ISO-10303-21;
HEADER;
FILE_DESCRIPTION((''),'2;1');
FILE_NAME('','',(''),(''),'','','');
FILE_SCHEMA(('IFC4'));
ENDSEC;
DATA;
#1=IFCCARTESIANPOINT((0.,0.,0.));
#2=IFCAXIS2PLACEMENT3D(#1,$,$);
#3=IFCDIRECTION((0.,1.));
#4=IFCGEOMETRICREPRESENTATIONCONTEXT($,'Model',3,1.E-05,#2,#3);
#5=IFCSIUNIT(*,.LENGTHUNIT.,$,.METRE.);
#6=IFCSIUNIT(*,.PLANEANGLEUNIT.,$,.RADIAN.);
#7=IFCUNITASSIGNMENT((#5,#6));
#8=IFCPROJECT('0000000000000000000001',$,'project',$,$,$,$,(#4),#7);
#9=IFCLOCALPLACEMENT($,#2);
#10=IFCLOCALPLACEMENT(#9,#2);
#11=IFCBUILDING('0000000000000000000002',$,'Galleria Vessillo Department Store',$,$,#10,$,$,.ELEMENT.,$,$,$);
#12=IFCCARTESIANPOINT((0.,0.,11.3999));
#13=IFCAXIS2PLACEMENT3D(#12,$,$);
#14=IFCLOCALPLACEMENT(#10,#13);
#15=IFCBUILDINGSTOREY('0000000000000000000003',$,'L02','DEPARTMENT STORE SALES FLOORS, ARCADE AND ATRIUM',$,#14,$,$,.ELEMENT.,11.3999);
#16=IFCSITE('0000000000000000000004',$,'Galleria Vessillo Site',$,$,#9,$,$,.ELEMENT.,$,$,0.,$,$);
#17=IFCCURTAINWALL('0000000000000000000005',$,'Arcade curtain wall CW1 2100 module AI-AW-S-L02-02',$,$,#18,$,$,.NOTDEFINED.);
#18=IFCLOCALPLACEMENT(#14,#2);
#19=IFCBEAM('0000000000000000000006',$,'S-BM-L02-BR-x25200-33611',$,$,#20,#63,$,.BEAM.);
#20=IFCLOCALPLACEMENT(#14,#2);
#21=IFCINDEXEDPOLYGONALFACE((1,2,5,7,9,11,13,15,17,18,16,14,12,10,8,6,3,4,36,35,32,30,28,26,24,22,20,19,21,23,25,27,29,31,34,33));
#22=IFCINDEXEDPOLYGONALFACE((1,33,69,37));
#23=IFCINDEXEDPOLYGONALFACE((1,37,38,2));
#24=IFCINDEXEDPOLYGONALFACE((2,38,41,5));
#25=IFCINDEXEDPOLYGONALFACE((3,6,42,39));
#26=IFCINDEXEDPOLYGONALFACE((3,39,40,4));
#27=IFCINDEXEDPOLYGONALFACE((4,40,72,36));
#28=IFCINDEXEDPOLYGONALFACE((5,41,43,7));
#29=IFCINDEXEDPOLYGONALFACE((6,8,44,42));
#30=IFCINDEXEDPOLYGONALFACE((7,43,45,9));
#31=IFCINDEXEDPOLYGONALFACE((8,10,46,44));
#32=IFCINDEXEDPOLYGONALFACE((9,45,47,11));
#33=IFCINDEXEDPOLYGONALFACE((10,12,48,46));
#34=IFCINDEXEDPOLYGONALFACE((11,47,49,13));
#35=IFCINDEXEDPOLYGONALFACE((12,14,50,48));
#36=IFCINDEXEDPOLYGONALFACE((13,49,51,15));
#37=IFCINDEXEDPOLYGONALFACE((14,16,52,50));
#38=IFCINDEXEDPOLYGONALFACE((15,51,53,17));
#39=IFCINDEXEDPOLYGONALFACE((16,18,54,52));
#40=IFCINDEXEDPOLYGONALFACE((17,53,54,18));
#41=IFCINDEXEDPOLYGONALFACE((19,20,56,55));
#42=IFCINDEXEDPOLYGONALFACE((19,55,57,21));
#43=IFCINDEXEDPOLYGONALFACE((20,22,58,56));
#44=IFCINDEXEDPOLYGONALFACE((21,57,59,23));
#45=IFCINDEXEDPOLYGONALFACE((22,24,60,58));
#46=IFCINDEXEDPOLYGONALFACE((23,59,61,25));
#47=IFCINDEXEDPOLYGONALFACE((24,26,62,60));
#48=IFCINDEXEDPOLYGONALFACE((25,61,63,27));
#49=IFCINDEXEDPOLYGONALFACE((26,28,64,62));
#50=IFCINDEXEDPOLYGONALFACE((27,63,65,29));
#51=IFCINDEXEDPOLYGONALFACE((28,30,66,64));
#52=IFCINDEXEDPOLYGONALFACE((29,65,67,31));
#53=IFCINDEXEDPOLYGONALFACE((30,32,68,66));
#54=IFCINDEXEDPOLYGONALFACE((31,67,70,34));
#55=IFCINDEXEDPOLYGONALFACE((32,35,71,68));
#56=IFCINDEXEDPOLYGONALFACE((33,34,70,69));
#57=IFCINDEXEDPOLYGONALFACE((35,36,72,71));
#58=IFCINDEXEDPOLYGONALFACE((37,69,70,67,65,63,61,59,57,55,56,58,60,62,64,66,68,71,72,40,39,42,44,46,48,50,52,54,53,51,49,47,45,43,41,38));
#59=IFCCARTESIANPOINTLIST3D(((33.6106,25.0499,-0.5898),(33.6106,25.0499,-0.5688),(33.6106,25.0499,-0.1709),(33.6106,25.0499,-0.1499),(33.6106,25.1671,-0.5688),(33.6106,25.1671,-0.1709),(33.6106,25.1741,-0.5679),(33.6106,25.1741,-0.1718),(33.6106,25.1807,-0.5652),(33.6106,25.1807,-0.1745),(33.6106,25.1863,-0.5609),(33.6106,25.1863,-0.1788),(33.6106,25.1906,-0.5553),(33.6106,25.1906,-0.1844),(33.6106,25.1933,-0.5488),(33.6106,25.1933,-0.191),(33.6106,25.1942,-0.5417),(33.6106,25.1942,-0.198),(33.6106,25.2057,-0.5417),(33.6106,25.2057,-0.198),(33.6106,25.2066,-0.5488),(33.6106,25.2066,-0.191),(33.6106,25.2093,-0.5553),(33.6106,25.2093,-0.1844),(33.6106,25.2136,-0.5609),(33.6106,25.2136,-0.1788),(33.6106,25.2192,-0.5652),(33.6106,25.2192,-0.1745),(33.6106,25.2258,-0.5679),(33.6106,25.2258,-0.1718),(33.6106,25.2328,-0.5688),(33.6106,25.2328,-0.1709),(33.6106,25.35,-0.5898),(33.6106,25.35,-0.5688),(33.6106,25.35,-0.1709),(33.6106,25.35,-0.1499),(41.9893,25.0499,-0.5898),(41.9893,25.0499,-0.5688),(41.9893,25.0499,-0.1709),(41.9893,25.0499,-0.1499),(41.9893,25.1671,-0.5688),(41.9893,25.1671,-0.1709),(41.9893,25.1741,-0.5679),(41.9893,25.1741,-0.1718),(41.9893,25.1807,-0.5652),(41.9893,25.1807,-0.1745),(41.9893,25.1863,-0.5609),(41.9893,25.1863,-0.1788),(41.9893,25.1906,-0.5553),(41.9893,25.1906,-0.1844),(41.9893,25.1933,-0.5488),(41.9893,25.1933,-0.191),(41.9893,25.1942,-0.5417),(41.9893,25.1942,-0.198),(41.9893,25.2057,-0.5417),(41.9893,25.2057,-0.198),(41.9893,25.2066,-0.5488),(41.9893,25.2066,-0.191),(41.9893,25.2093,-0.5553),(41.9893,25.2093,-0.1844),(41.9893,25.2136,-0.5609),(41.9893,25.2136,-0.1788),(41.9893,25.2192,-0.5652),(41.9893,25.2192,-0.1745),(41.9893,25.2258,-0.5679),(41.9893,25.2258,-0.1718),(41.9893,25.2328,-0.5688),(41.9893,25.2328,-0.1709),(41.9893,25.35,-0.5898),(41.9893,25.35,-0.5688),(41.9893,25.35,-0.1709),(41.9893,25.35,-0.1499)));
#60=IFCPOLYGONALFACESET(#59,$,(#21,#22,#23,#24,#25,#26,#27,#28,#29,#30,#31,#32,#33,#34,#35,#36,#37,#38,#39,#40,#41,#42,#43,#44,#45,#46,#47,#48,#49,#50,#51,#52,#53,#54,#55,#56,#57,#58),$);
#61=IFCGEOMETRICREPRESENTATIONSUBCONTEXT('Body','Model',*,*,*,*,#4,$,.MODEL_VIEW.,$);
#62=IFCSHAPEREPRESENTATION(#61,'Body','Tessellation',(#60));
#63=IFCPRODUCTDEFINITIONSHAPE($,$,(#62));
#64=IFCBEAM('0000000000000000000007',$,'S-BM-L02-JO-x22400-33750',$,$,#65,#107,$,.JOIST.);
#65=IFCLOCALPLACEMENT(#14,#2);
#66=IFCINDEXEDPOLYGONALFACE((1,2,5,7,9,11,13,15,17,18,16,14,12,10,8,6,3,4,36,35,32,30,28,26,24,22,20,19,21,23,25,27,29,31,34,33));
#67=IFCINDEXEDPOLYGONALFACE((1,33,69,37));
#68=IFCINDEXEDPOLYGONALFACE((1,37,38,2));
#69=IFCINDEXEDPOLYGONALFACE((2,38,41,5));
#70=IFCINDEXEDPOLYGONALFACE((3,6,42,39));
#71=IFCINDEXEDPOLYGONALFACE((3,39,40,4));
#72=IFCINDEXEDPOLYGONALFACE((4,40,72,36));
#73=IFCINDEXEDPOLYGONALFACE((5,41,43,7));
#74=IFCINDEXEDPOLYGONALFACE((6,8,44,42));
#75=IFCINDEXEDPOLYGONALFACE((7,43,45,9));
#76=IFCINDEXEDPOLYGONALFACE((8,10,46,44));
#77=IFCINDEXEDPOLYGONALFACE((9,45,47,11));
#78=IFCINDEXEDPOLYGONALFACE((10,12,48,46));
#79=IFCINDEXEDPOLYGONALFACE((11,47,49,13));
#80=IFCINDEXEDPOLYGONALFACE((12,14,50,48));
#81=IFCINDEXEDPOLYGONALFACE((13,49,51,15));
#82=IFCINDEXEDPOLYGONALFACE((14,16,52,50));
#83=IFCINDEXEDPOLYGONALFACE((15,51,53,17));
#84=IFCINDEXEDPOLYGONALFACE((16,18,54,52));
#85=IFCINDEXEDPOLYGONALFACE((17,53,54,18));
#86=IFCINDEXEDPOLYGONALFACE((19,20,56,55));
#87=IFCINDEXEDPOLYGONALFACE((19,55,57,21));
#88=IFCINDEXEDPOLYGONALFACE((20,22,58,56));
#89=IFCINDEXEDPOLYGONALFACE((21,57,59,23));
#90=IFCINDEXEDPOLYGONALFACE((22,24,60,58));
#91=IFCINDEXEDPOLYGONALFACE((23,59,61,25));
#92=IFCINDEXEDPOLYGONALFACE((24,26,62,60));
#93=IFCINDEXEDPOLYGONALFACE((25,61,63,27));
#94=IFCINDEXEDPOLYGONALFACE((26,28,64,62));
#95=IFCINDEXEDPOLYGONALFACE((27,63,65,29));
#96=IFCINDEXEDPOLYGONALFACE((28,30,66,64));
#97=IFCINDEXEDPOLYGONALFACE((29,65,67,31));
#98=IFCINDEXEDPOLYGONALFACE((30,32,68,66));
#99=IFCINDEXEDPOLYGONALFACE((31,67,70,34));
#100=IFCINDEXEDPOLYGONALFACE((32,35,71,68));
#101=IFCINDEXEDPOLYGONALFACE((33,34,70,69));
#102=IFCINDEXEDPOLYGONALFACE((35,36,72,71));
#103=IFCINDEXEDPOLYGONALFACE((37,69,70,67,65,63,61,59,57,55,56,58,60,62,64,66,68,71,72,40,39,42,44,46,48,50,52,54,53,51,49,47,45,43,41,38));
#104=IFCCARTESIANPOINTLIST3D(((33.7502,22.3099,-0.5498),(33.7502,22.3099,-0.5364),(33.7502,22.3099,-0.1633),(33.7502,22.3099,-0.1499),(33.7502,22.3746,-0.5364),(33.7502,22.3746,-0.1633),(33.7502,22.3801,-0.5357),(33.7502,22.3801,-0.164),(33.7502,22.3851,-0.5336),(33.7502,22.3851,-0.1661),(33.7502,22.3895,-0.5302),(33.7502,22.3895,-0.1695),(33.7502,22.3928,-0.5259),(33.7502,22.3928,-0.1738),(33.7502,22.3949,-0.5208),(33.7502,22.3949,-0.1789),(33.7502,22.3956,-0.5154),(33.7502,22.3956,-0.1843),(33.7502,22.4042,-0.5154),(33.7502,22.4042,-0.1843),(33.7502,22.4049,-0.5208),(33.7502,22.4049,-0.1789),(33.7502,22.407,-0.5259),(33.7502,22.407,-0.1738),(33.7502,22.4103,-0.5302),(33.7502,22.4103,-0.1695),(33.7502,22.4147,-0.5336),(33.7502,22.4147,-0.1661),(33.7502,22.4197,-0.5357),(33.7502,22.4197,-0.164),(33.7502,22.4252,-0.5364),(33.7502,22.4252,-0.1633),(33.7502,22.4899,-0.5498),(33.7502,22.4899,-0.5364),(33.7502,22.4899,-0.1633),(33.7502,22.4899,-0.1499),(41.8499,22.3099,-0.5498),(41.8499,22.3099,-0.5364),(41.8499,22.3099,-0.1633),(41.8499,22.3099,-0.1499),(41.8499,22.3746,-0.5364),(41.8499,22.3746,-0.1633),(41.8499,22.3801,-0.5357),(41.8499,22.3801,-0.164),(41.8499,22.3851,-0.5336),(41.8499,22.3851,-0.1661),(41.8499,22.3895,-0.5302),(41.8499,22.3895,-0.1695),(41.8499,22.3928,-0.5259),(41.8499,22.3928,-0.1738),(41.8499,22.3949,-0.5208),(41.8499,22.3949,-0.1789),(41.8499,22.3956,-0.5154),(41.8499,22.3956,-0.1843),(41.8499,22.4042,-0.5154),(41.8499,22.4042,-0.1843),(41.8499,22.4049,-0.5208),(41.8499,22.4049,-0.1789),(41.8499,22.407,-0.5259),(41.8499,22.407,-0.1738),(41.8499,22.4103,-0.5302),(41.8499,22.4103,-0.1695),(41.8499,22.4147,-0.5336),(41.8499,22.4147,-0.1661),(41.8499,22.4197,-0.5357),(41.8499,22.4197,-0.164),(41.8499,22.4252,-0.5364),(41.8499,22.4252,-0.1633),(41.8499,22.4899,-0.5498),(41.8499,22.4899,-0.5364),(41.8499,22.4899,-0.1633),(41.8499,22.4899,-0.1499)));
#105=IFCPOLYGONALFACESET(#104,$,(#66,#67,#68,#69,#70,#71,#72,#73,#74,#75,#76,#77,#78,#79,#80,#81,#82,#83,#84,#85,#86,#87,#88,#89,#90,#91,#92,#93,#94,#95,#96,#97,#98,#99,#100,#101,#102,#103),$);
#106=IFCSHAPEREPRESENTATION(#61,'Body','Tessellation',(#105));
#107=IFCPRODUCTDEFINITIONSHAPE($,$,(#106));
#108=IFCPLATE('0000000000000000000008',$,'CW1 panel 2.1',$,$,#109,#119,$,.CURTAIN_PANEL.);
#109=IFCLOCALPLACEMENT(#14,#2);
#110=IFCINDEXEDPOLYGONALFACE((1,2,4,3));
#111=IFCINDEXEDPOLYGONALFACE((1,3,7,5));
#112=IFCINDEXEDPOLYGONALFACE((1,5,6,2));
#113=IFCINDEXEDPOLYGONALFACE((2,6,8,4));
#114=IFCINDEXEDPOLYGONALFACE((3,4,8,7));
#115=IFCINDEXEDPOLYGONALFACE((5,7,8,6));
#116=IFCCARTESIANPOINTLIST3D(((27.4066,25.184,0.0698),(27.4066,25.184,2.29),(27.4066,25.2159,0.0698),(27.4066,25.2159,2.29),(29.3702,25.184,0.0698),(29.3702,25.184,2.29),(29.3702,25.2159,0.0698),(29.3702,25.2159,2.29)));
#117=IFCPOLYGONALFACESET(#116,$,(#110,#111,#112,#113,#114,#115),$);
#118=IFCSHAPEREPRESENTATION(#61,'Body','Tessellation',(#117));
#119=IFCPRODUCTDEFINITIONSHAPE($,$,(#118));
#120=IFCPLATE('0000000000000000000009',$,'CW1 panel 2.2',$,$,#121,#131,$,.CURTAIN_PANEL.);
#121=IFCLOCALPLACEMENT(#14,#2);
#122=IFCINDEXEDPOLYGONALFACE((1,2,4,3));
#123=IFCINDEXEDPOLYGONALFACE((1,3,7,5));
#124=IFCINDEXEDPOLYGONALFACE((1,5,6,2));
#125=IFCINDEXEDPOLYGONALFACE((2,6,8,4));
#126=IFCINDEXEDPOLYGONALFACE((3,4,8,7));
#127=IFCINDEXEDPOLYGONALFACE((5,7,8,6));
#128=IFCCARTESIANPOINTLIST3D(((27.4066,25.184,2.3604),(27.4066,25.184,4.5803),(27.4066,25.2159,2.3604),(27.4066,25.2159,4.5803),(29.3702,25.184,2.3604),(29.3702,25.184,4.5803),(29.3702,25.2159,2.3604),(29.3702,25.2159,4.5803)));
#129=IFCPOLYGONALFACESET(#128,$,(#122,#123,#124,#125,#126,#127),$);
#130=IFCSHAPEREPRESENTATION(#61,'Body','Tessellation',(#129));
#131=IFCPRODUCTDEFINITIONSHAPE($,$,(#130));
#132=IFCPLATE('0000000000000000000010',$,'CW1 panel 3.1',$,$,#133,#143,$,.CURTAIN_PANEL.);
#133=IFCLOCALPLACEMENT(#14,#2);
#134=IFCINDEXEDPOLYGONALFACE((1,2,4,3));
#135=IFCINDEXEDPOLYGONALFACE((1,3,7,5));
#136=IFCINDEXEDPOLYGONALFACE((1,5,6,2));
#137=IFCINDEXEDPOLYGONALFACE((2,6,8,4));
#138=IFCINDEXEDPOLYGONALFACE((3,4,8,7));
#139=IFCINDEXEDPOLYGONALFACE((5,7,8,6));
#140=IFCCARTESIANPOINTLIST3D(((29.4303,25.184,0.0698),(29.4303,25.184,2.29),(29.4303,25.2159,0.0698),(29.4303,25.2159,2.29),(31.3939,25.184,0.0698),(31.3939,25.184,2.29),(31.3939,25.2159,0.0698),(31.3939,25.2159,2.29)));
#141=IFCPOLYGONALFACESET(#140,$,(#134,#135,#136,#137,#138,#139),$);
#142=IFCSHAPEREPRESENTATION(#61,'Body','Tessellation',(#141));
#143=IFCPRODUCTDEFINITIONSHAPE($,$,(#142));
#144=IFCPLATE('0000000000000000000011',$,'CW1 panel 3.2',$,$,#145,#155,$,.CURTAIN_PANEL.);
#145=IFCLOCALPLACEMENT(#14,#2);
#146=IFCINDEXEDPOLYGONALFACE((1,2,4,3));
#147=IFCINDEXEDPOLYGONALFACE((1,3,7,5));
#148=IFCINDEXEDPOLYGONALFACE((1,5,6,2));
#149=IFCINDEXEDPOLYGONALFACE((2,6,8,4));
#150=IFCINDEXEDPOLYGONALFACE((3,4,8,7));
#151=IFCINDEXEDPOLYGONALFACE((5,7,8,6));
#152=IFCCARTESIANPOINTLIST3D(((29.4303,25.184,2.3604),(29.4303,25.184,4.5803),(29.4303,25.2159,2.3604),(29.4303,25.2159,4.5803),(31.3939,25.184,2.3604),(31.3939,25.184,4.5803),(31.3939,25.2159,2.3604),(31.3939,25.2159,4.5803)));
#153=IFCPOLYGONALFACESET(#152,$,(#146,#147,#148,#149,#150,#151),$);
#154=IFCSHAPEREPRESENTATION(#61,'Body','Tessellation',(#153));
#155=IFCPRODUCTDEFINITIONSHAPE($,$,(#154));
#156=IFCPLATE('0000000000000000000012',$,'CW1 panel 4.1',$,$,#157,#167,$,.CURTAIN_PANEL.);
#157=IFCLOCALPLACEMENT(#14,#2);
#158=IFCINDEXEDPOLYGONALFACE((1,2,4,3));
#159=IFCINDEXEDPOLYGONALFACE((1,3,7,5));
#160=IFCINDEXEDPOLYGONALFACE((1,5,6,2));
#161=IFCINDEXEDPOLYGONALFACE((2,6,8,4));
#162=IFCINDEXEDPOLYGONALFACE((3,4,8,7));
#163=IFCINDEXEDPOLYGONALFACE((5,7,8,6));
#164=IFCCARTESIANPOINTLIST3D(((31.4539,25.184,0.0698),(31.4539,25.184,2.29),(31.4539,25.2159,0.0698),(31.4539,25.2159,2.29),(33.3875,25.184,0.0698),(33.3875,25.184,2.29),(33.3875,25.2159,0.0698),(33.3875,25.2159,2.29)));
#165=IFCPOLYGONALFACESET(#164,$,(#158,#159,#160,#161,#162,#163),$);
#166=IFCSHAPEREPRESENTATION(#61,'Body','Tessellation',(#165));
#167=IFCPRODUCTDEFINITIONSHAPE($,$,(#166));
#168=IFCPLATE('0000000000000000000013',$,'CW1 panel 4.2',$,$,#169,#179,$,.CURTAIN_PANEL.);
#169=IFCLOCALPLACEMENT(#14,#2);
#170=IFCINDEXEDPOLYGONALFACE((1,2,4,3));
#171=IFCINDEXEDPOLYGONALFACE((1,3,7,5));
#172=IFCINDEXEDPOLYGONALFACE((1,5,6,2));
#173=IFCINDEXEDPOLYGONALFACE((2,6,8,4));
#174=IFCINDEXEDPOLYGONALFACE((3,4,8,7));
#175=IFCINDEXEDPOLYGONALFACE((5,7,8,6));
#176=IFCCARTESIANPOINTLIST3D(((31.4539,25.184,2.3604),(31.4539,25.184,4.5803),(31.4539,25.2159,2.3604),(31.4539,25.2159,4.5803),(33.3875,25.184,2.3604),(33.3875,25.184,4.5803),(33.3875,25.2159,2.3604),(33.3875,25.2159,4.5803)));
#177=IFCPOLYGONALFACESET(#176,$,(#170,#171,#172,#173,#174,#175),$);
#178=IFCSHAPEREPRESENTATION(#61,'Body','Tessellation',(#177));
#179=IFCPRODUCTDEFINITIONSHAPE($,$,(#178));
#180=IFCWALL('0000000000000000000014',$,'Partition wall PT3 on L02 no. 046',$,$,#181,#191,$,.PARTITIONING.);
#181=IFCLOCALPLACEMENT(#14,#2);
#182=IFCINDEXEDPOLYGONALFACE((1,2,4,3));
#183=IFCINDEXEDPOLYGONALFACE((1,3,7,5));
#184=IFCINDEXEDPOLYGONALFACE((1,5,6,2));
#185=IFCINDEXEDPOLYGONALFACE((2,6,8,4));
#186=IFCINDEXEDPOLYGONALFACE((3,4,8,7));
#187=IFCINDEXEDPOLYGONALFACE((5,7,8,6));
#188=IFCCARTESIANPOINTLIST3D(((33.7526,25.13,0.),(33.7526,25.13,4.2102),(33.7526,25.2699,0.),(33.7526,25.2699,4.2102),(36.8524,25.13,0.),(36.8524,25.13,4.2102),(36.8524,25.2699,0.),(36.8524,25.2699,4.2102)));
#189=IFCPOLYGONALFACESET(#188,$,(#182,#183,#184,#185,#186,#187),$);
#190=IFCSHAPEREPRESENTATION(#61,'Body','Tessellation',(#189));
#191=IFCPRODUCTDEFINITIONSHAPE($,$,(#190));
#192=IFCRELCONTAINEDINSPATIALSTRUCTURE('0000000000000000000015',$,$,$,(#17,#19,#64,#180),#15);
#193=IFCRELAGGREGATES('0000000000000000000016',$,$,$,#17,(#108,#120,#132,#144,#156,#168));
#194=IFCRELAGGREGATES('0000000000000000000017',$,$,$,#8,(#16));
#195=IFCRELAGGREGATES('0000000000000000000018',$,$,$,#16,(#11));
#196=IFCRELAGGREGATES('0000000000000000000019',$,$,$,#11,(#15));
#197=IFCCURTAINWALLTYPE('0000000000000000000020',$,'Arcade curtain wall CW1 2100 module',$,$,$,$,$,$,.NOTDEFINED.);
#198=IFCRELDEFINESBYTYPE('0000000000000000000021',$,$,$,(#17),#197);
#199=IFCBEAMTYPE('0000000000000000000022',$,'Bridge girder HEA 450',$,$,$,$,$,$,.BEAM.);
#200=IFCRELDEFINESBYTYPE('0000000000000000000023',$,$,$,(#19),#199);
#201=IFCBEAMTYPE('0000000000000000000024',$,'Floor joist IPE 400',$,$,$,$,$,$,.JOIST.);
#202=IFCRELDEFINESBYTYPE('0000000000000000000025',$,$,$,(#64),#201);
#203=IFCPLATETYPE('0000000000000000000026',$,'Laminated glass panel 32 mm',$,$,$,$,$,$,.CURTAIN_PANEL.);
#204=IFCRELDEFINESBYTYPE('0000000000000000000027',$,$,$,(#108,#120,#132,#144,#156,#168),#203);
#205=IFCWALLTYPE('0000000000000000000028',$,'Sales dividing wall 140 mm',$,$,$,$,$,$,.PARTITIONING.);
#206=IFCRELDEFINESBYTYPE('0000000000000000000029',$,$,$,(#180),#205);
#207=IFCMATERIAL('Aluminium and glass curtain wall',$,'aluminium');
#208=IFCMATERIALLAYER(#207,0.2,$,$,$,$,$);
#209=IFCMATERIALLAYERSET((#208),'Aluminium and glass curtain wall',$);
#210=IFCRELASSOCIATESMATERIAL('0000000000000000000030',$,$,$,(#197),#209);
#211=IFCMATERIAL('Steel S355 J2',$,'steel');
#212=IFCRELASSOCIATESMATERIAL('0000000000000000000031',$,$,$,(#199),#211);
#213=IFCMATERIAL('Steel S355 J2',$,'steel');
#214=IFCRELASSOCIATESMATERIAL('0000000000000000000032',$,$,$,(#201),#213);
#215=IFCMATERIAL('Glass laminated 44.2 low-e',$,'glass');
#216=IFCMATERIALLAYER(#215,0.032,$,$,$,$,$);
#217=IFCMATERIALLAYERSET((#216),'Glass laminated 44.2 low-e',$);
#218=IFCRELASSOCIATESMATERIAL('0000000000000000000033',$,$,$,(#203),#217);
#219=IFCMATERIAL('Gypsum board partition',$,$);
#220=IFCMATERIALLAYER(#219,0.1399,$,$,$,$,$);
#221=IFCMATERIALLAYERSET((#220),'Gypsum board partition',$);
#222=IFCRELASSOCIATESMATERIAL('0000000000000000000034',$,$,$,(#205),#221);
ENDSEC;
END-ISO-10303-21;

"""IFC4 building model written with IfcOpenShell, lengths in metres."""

from ifc_helpers import new_model, si_unit, direction, frame, frame_2d, origin, origin_2d, place, context, subcontext, project, spatial, rectangle, i_section, extrude, material, layer, layer_set, material_profile, profile_set, type_object, element, aggregate, save


model = new_model("IFC4")

# Units and contexts
model_context = context("Model", 3, precision=1e-05, world=origin(), true_north=direction((0.0, 1.0)))
body_context = subcontext(model_context, "Body", "Model", "MODEL_VIEW")
ifc_project = project(units=[si_unit("LENGTHUNIT", "METRE"), si_unit("PLANEANGLEUNIT", "RADIAN")], contexts=[model_context])

# Site, building, storey
site_placement = place(None, origin())
site = spatial("IfcSite", under=ifc_project, at=site_placement, Name="Galleria Vessillo Site", CompositionType="ELEMENT", RefElevation=0.0)
building_placement = place(site_placement, origin())
building = spatial("IfcBuilding", under=site, at=building_placement, Name="Galleria Vessillo Department Store", CompositionType="ELEMENT")
storey_placement = place(building_placement, frame((0.0, 0.0, 11.3999)))
storey = spatial("IfcBuildingStorey", under=building, at=storey_placement, Name="L02", Description="DEPARTMENT STORE SALES FLOORS, ARCADE AND ATRIUM", CompositionType="ELEMENT", Elevation=11.3999)

# Curtain wall
ifc_material_1 = material(Name="Aluminium and glass curtain wall", Category="aluminium")
ifc_layer_1 = layer(ifc_material_1, 0.2)
ifc_layer_set_1 = layer_set([ifc_layer_1], Name="Aluminium and glass curtain wall")
curtain_wall_type = type_object("IfcCurtainWallType", Name="Arcade curtain wall CW1 2100 module", PredefinedType="NOTDEFINED", material=ifc_layer_set_1)
curtain_wall_placement = place(storey_placement, origin())
curtain_wall = element("IfcCurtainWall", 1, at=curtain_wall_placement, inside=storey, type_object=curtain_wall_type, Name="Arcade curtain wall CW1 2100 module AI-AW-S-L02-02", PredefinedType="NOTDEFINED")

# Beams
ifc_material_2 = material(Name="Steel S355 J2", Category="steel")
ifc_material_profile_1 = material_profile(ifc_material_2, i_section(OverallWidth=0.3, OverallDepth=0.4399, WebThickness=0.0115, FlangeThickness=0.021, FilletRadius=0.0271, at=origin_2d()), Name="HEA 450")
ifc_profile_set_1 = profile_set([ifc_material_profile_1], Name="Steel S355 J2")
beam_type_1 = type_object("IfcBeamType", Name="Bridge girder HEA 450", PredefinedType="BEAM", material=ifc_profile_set_1)
beam_1_placement = place(storey_placement, frame((33.6106, 25.2, -0.3699), z_axis=(1.0, 0.0, 0.0), x_axis=(0.0, 1.0, 0.0)))
element("IfcBeam", 2, at=beam_1_placement, inside=storey, type_object=beam_type_1, Name="S-BM-L02-BR-x25200-33611", PredefinedType="BEAM", context=body_context, shape_type="SweptSolid", body=[
    extrude(i_section(OverallWidth=0.3, OverallDepth=0.4399, WebThickness=0.0115, FlangeThickness=0.021, FilletRadius=0.0271, at=origin_2d()), origin(), (0.0, 0.0, 1.0), 8.3787),
])
ifc_material_3 = material(Name="Steel S355 J2", Category="steel")
ifc_material_profile_2 = material_profile(ifc_material_3, i_section(OverallWidth=0.1799, OverallDepth=0.3999, WebThickness=0.0085, FlangeThickness=0.0134, FilletRadius=0.021, at=origin_2d()), Name="IPE 400")
ifc_profile_set_2 = profile_set([ifc_material_profile_2], Name="Steel S355 J2")
beam_type_2 = type_object("IfcBeamType", Name="Floor joist IPE 400", PredefinedType="JOIST", material=ifc_profile_set_2)
beam_2_placement = place(storey_placement, frame((33.7502, 22.3999, -0.3499), z_axis=(1.0, 0.0, 0.0), x_axis=(0.0, 1.0, 0.0)))
element("IfcBeam", 3, at=beam_2_placement, inside=storey, type_object=beam_type_2, Name="S-BM-L02-JO-x22400-33750", PredefinedType="JOIST", context=body_context, shape_type="SweptSolid", body=[
    extrude(i_section(OverallWidth=0.1799, OverallDepth=0.3999, WebThickness=0.0085, FlangeThickness=0.0134, FilletRadius=0.021, at=origin_2d()), origin(), (0.0, 0.0, 1.0), 8.0996),
])

# Plates
ifc_material_4 = material(Name="Glass laminated 44.2 low-e", Category="glass")
ifc_layer_2 = layer(ifc_material_4, 0.032)
ifc_layer_set_2 = layer_set([ifc_layer_2], Name="Glass laminated 44.2 low-e")
plate_type = type_object("IfcPlateType", Name="Laminated glass panel 32 mm", PredefinedType="CURTAIN_PANEL", material=ifc_layer_set_2)
plate_1_placement = place(storey_placement, frame((28.3884, 25.2, 0.0698), z_axis=(0.0, 0.0, 1.0), x_axis=(1.0, 0.0, 0.0)))
plate_1 = element("IfcPlate", 4, at=plate_1_placement, type_object=plate_type, Name="CW1 panel 2.1", PredefinedType="CURTAIN_PANEL", context=body_context, shape_type="SweptSolid", body=[
    extrude(rectangle(XDim=1.9636, YDim=0.032, at=origin_2d()), origin(), (0.0, 0.0, 1.0), 2.2202),
])
plate_2_placement = place(storey_placement, frame((28.3884, 25.2, 2.3604), z_axis=(0.0, 0.0, 1.0), x_axis=(1.0, 0.0, 0.0)))
plate_2 = element("IfcPlate", 5, at=plate_2_placement, type_object=plate_type, Name="CW1 panel 2.2", PredefinedType="CURTAIN_PANEL", context=body_context, shape_type="SweptSolid", body=[
    extrude(rectangle(XDim=1.9636, YDim=0.032, at=origin_2d()), origin(), (0.0, 0.0, 1.0), 2.22),
])
plate_3_placement = place(storey_placement, frame((30.4121, 25.2, 0.0698), z_axis=(0.0, 0.0, 1.0), x_axis=(1.0, 0.0, 0.0)))
plate_3 = element("IfcPlate", 6, at=plate_3_placement, type_object=plate_type, Name="CW1 panel 3.1", PredefinedType="CURTAIN_PANEL", context=body_context, shape_type="SweptSolid", body=[
    extrude(rectangle(XDim=1.9636, YDim=0.032, at=origin_2d()), origin(), (0.0, 0.0, 1.0), 2.2202),
])
plate_4_placement = place(storey_placement, frame((30.4121, 25.2, 2.3604), z_axis=(0.0, 0.0, 1.0), x_axis=(1.0, 0.0, 0.0)))
plate_4 = element("IfcPlate", 7, at=plate_4_placement, type_object=plate_type, Name="CW1 panel 3.2", PredefinedType="CURTAIN_PANEL", context=body_context, shape_type="SweptSolid", body=[
    extrude(rectangle(XDim=1.9636, YDim=0.032, at=origin_2d()), origin(), (0.0, 0.0, 1.0), 2.22),
])
plate_5_placement = place(storey_placement, frame((32.4207, 25.2, 0.0698), z_axis=(0.0, 0.0, 1.0), x_axis=(1.0, 0.0, 0.0)))
plate_5 = element("IfcPlate", 8, at=plate_5_placement, type_object=plate_type, Name="CW1 panel 4.1", PredefinedType="CURTAIN_PANEL", context=body_context, shape_type="SweptSolid", body=[
    extrude(rectangle(XDim=1.9336, YDim=0.032, at=origin_2d()), origin(), (0.0, 0.0, 1.0), 2.2202),
])
plate_6_placement = place(storey_placement, frame((32.4207, 25.2, 2.3604), z_axis=(0.0, 0.0, 1.0), x_axis=(1.0, 0.0, 0.0)))
plate_6 = element("IfcPlate", 9, at=plate_6_placement, type_object=plate_type, Name="CW1 panel 4.2", PredefinedType="CURTAIN_PANEL", context=body_context, shape_type="SweptSolid", body=[
    extrude(rectangle(XDim=1.9336, YDim=0.032, at=origin_2d()), origin(), (0.0, 0.0, 1.0), 2.22),
])
aggregate(curtain_wall, [plate_1, plate_2, plate_3, plate_4, plate_5, plate_6])

# Wall
ifc_material_5 = material(Name="Gypsum board partition")
ifc_layer_3 = layer(ifc_material_5, 0.1399)
ifc_layer_set_3 = layer_set([ifc_layer_3], Name="Gypsum board partition")
wall_type = type_object("IfcWallType", Name="Sales dividing wall 140 mm", PredefinedType="PARTITIONING", material=ifc_layer_set_3)
wall_1_placement = place(storey_placement, frame((33.7527, 25.2, 0.0), z_axis=(0.0, 0.0, 1.0), x_axis=(1.0, 0.0, 0.0)))
element("IfcWall", 10, at=wall_1_placement, inside=storey, type_object=wall_type, Name="Partition wall PT3 on L02 no. 046", PredefinedType="PARTITIONING", context=body_context, shape_type="SweptSolid", body=[
    extrude(rectangle(XDim=3.0999, YDim=0.1399, at=frame_2d((1.5498, 0.0))), origin(), (0.0, 0.0, 1.0), 4.2102),
])

save(model, "model.ifc")
